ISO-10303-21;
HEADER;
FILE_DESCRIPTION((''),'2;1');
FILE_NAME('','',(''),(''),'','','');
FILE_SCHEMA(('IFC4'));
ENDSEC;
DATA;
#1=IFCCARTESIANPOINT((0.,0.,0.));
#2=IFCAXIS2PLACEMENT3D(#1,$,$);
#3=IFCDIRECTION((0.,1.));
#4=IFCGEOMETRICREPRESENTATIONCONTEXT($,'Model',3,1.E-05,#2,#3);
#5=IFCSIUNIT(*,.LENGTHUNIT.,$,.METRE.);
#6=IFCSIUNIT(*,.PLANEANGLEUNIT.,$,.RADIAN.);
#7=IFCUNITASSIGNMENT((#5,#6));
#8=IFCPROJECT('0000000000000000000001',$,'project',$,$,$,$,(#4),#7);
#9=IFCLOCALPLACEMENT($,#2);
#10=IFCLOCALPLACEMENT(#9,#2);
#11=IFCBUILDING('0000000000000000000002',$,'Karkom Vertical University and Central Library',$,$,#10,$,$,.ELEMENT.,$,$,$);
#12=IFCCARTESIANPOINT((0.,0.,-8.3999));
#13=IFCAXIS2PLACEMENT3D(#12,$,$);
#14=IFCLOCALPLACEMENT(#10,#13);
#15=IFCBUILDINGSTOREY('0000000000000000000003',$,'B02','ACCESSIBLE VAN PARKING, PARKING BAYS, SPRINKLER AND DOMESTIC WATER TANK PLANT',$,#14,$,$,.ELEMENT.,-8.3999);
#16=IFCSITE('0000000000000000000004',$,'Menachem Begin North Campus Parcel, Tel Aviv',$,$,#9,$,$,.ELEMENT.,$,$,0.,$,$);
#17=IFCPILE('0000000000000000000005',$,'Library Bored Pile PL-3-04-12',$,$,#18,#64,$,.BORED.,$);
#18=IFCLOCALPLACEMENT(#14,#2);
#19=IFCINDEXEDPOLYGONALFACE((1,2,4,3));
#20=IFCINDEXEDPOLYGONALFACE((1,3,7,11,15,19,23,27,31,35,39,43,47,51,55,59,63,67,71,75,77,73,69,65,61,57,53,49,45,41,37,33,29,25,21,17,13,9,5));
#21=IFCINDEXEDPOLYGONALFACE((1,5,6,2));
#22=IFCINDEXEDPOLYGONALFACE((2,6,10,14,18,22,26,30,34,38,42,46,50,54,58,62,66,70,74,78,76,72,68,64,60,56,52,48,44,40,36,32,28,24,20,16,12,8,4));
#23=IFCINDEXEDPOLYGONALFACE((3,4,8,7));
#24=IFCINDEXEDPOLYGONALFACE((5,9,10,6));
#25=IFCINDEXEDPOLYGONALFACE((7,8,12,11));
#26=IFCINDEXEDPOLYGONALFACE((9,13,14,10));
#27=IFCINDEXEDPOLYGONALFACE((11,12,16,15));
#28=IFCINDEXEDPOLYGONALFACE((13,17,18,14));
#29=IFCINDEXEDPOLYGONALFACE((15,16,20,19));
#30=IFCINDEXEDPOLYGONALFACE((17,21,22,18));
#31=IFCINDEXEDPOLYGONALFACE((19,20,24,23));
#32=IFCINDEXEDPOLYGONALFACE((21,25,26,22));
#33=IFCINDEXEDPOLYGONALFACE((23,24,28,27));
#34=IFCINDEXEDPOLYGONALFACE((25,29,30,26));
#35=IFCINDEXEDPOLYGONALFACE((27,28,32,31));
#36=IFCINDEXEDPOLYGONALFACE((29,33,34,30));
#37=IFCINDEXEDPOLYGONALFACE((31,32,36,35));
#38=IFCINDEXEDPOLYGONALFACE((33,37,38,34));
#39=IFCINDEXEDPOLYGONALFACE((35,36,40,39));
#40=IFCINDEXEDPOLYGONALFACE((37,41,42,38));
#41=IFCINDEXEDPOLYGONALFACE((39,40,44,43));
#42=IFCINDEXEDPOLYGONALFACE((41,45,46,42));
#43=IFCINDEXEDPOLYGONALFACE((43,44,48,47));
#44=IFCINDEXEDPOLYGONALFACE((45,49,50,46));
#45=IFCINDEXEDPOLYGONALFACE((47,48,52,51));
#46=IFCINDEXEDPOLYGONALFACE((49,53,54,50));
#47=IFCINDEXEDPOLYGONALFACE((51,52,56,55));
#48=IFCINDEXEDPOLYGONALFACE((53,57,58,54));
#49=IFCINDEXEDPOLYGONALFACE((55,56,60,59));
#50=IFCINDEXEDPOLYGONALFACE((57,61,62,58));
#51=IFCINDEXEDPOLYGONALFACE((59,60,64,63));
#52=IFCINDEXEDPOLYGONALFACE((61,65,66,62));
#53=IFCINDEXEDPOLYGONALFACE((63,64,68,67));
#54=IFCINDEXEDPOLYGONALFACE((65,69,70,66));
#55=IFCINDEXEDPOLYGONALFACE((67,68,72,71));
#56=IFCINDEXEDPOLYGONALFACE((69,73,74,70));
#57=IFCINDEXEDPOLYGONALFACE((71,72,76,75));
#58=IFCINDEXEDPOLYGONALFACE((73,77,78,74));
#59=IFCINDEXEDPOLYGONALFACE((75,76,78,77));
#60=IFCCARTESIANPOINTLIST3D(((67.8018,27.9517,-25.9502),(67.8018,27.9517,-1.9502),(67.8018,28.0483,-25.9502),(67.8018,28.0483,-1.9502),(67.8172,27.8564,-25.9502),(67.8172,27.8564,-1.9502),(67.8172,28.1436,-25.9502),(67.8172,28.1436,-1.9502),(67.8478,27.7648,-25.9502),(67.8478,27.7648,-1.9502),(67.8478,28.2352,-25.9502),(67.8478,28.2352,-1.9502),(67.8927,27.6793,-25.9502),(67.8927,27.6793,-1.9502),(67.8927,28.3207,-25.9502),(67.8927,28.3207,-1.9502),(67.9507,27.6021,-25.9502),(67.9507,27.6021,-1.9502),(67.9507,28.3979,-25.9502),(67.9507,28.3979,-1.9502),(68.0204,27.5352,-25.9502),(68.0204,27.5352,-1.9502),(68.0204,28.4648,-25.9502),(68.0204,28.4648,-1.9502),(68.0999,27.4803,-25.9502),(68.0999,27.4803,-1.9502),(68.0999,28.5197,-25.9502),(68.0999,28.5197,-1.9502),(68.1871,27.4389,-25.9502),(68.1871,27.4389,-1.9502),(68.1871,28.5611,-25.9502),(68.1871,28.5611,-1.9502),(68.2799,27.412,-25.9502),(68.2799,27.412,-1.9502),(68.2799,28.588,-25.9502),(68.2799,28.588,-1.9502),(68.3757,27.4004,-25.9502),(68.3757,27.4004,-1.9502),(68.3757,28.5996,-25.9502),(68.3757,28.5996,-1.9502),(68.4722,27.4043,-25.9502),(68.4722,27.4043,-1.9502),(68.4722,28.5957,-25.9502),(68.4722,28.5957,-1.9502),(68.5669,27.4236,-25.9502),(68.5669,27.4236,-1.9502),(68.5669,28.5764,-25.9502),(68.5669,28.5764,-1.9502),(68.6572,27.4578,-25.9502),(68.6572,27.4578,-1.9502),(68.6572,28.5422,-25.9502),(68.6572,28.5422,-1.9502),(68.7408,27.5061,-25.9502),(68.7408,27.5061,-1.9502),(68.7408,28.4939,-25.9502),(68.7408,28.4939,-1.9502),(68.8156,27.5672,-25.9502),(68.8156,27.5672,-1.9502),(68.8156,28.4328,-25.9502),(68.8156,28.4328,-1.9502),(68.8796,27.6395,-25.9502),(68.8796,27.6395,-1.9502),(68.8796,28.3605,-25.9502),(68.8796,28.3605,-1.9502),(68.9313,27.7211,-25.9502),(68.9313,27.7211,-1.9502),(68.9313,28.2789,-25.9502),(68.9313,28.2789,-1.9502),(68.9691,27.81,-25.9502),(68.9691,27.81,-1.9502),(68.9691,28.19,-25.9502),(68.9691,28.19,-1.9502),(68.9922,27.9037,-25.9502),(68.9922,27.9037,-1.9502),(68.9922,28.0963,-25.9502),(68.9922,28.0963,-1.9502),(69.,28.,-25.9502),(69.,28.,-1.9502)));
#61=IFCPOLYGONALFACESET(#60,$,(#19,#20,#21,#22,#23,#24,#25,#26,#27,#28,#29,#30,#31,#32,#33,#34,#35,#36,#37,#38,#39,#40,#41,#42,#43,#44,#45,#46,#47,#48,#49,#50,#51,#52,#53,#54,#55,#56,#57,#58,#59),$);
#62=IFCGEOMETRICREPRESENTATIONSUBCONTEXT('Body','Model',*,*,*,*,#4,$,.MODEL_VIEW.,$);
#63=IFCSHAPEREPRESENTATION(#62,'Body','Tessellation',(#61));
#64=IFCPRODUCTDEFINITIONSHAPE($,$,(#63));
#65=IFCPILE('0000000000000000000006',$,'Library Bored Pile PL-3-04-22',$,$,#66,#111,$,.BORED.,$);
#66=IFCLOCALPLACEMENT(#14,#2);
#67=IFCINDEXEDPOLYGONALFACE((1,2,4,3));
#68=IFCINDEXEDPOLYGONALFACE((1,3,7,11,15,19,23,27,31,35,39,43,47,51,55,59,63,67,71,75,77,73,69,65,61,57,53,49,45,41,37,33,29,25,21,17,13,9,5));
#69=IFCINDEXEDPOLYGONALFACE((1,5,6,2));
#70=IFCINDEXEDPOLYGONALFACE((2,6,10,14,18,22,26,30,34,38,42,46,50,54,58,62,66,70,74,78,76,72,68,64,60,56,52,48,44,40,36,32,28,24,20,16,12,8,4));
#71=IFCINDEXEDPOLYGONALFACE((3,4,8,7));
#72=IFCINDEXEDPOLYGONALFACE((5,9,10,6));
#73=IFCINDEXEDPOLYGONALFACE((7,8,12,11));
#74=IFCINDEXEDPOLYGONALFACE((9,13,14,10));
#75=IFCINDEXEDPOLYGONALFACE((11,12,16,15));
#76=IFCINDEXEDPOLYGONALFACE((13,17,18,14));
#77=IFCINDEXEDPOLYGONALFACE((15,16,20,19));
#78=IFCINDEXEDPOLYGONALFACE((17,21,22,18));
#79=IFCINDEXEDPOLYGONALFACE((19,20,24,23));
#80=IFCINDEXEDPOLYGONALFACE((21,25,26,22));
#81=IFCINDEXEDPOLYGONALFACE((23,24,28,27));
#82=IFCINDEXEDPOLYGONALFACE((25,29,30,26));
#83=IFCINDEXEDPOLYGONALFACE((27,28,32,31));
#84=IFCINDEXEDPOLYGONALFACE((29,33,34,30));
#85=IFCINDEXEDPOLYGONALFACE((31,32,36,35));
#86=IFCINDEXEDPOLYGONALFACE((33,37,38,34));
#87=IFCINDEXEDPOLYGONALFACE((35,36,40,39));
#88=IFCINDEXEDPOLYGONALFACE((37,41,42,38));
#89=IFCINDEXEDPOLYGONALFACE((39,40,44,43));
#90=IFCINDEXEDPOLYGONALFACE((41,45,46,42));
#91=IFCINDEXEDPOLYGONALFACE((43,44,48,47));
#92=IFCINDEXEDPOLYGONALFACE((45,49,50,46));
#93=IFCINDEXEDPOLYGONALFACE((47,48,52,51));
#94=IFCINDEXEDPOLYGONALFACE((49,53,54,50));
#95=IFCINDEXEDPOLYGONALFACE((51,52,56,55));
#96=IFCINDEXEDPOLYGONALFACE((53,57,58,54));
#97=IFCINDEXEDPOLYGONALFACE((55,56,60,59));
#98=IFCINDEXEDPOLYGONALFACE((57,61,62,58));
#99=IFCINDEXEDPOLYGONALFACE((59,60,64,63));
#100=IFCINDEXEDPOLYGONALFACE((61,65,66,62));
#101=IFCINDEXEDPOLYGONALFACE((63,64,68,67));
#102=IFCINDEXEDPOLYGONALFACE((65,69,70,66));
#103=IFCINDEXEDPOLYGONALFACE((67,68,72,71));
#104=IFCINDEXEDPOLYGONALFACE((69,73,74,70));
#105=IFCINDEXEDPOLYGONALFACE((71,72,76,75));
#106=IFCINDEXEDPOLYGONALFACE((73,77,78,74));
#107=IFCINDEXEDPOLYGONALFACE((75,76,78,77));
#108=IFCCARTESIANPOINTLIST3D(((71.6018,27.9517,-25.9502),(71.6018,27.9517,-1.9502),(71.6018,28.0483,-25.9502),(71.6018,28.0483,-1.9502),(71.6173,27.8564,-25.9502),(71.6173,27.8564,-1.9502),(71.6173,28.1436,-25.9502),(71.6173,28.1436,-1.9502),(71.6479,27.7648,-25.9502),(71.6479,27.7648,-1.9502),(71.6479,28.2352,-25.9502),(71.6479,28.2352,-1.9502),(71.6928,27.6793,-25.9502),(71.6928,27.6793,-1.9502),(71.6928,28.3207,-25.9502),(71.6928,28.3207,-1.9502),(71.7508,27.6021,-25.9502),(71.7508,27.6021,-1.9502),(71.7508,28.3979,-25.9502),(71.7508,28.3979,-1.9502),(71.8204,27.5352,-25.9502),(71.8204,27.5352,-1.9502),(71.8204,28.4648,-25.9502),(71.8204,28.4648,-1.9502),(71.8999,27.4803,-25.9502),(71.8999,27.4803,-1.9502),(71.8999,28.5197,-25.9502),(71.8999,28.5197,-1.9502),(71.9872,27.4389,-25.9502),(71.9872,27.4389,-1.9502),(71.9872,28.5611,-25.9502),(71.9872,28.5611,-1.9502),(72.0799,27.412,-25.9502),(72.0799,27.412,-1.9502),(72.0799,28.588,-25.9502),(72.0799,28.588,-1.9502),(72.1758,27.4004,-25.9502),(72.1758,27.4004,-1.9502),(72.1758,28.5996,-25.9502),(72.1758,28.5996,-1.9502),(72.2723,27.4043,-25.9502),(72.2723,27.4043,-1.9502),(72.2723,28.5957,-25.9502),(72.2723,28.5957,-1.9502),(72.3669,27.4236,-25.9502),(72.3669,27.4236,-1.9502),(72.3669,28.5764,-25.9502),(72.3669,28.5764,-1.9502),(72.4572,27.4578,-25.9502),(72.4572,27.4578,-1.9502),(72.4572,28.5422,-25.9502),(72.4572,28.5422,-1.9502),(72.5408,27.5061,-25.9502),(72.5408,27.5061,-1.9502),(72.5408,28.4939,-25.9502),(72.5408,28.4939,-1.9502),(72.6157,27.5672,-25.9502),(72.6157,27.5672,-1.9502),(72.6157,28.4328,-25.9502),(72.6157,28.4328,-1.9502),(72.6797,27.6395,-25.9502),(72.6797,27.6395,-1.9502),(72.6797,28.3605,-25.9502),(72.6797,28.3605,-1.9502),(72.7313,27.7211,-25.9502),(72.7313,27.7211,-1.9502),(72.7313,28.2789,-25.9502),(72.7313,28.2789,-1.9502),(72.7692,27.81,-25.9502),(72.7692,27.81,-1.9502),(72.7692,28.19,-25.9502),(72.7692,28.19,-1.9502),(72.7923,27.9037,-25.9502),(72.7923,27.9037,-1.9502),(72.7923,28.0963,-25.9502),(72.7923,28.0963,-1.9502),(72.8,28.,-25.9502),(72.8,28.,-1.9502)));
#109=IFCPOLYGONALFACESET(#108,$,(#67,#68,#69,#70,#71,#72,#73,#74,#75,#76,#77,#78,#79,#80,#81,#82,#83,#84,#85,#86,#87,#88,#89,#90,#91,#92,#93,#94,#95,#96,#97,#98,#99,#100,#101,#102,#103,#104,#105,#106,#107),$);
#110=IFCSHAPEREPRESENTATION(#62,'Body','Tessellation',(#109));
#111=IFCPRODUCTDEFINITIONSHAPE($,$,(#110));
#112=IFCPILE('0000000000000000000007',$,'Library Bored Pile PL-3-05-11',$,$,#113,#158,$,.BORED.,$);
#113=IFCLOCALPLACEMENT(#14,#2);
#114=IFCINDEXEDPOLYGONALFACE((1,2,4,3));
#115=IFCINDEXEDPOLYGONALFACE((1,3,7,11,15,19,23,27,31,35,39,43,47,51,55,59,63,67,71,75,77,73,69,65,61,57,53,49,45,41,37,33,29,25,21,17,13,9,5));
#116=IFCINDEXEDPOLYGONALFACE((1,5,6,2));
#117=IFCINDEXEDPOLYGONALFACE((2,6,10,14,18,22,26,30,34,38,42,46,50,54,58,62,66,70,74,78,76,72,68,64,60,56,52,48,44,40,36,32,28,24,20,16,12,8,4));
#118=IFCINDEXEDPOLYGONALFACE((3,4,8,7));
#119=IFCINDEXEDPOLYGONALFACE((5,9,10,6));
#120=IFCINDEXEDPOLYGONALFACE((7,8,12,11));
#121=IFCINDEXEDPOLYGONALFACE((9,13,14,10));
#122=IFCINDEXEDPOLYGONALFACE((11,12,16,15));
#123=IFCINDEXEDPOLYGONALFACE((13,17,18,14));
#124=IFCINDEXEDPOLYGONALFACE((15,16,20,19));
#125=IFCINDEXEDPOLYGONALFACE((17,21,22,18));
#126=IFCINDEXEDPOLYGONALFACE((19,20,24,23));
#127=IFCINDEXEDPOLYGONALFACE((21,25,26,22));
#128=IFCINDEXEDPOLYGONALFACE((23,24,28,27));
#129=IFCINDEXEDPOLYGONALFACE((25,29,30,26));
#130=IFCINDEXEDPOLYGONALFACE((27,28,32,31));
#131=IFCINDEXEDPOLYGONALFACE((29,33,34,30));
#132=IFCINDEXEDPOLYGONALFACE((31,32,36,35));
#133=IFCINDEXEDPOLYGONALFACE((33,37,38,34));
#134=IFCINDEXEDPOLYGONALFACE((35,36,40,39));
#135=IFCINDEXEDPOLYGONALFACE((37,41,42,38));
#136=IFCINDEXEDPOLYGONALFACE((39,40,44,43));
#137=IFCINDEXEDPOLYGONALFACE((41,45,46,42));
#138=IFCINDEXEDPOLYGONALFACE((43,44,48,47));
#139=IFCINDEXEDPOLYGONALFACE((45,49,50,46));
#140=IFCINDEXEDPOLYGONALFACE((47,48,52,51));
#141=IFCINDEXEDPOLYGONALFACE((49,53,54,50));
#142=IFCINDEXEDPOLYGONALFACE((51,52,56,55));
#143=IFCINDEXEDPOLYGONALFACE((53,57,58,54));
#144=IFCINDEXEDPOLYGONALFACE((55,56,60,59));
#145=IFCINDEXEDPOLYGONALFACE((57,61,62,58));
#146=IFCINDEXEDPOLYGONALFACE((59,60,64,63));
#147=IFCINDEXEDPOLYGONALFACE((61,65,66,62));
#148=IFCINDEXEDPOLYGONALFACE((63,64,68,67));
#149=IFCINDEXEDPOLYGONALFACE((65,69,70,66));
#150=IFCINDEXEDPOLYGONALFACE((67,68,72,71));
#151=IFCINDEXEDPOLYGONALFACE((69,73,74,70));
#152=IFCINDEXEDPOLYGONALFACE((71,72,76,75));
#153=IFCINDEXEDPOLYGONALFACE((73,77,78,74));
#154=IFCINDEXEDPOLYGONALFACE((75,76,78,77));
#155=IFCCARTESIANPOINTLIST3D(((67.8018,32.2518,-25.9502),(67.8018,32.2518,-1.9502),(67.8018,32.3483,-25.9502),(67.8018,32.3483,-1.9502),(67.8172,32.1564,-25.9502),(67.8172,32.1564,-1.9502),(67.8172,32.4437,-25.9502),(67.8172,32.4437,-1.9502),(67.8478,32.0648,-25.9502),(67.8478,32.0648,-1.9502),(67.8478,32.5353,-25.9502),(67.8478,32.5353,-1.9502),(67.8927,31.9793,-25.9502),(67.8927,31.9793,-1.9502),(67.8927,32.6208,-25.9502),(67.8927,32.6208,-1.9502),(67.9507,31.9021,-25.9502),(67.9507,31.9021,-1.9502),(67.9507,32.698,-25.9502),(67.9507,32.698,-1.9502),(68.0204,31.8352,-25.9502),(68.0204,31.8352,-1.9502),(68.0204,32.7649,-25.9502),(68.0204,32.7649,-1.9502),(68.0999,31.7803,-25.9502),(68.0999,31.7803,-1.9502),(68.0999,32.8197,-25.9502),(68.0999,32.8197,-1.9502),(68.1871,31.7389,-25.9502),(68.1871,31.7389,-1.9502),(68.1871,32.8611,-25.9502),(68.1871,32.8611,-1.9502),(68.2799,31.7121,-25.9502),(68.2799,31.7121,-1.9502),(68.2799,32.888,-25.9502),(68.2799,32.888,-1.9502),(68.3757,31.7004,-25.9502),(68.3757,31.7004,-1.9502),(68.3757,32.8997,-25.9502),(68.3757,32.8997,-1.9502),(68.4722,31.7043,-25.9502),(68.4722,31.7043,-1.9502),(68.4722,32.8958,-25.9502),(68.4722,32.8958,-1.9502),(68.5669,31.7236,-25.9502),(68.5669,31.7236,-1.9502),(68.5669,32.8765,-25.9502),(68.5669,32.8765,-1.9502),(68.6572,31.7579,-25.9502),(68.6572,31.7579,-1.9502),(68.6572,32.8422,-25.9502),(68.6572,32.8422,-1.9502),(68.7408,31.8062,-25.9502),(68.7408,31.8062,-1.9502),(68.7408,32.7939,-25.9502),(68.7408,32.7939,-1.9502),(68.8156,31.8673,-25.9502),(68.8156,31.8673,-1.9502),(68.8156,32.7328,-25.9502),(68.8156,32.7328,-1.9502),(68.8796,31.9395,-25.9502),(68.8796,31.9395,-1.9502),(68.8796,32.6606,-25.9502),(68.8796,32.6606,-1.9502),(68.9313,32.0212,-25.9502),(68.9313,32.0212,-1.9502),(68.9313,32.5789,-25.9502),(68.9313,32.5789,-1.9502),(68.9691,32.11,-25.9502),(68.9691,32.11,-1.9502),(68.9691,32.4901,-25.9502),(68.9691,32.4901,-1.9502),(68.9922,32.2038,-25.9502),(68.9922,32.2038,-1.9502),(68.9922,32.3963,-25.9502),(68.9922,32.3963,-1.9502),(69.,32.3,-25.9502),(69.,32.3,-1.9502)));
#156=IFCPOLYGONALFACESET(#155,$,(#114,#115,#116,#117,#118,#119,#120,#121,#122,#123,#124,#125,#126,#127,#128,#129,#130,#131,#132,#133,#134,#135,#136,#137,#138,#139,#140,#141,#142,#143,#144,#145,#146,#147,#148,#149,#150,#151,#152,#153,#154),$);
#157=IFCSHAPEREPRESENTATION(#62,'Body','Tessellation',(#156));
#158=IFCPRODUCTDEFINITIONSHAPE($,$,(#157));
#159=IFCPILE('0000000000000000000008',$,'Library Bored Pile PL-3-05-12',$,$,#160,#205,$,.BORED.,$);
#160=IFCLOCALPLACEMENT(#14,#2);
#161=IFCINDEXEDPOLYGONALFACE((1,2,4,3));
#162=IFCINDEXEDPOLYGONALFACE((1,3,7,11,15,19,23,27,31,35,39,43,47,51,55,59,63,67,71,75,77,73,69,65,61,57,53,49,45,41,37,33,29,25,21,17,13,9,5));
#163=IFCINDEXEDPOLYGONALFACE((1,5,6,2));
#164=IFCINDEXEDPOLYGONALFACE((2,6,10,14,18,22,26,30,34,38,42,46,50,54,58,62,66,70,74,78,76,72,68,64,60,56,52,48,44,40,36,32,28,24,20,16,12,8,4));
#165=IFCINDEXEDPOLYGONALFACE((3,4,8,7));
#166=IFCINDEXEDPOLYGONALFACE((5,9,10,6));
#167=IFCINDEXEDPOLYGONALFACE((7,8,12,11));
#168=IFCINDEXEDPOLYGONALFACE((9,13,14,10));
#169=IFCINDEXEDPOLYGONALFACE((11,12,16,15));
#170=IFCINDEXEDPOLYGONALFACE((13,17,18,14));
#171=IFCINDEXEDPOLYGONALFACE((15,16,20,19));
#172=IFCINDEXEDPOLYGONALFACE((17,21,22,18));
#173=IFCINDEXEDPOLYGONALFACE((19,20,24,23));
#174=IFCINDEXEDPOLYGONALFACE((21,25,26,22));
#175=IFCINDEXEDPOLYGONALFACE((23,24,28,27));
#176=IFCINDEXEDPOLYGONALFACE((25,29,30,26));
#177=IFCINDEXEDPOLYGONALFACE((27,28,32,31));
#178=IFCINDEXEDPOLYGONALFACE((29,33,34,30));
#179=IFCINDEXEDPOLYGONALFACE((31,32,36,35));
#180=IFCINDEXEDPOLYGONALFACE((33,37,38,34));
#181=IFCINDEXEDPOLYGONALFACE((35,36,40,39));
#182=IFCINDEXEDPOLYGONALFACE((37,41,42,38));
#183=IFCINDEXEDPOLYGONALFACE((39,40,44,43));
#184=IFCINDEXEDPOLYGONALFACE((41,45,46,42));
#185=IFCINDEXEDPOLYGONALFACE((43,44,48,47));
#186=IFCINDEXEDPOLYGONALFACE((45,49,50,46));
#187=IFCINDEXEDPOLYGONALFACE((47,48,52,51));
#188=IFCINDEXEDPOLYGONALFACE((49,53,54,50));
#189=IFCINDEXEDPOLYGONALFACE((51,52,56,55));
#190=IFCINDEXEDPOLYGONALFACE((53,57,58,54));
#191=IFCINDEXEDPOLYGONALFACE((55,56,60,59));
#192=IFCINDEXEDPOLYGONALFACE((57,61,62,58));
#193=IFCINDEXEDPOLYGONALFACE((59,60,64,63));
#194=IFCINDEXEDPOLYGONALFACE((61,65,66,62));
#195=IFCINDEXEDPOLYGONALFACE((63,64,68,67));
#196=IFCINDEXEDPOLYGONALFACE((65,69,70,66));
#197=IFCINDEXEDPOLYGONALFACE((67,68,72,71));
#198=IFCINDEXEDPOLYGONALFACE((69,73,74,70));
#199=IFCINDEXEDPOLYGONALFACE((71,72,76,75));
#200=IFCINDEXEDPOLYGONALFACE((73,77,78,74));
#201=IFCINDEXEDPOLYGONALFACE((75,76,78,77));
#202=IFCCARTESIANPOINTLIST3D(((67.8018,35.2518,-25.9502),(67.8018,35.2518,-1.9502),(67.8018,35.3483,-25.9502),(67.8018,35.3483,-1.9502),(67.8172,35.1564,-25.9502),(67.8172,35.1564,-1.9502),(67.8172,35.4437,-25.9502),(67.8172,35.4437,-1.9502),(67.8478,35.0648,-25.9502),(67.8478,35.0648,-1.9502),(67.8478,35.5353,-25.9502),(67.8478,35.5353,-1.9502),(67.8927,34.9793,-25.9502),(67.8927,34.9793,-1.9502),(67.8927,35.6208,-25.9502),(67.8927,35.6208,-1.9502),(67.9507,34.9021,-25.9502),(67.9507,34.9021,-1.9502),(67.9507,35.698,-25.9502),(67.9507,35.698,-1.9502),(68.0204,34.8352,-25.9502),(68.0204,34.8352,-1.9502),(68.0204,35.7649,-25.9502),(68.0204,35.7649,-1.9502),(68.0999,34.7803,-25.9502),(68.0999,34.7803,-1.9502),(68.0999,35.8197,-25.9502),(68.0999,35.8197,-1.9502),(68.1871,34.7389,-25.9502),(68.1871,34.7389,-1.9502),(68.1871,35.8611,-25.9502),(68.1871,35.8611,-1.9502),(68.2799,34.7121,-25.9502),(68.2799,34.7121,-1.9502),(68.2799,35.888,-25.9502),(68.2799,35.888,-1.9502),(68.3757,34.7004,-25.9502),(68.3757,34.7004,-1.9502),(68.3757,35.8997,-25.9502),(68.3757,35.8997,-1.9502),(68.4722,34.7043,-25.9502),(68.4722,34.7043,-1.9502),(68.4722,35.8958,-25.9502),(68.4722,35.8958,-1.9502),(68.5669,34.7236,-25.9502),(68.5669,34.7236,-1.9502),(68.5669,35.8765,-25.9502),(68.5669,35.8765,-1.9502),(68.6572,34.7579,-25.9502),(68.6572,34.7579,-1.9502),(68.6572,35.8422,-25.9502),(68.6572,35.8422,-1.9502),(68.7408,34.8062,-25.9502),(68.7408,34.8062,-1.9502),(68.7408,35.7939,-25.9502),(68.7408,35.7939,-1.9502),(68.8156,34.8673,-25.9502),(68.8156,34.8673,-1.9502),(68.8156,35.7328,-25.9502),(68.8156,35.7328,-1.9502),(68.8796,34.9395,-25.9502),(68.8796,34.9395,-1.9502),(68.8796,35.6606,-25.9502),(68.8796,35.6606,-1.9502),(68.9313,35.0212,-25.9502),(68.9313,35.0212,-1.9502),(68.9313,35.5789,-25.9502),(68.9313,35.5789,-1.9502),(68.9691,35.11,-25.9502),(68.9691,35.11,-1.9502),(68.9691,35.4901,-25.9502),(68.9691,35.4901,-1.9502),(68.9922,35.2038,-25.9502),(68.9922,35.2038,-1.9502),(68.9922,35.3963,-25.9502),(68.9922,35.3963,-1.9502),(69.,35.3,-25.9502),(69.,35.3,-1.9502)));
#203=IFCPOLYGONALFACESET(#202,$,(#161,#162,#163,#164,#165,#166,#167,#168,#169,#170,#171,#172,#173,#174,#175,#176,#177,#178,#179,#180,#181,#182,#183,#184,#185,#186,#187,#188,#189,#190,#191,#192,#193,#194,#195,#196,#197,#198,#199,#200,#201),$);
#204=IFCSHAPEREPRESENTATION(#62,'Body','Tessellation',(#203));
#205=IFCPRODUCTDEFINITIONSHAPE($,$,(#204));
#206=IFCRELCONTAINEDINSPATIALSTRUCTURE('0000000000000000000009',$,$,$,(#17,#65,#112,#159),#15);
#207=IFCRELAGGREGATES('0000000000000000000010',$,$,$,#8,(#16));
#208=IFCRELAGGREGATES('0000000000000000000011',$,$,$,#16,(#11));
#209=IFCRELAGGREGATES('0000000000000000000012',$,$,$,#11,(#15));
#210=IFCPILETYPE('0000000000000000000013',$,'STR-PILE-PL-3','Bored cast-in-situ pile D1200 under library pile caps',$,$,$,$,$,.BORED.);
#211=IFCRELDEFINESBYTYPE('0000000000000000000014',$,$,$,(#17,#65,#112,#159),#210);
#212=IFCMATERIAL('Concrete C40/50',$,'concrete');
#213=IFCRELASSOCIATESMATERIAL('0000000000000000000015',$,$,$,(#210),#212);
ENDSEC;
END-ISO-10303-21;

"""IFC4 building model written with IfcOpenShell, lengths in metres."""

from ifc_helpers import new_model, si_unit, direction, frame, origin, origin_with_axes, origin_2d, place, context, subcontext, project, spatial, circle, extrude, source, transform, mapped, material, material_profile, profile_set, type_object, element, save


model = new_model("IFC4")

# Units and contexts
model_context = context("Model", 3, precision=1e-05, world=origin(), true_north=direction((0.0, 1.0)))
body_context = subcontext(model_context, "Body", "Model", "MODEL_VIEW")
ifc_project = project(units=[si_unit("LENGTHUNIT", "METRE"), si_unit("PLANEANGLEUNIT", "RADIAN")], contexts=[model_context])

# Site, building, storey
site_placement = place(None, origin())
site = spatial("IfcSite", under=ifc_project, at=site_placement, Name="Menachem Begin North Campus Parcel, Tel Aviv", CompositionType="ELEMENT", RefElevation=0.0)
building_placement = place(site_placement, origin())
building = spatial("IfcBuilding", under=site, at=building_placement, Name="Karkom Vertical University and Central Library", CompositionType="ELEMENT")
storey_placement = place(building_placement, frame((0.0, 0.0, -8.3999)))
storey = spatial("IfcBuildingStorey", under=building, at=storey_placement, Name="B02", Description="ACCESSIBLE VAN PARKING, PARKING BAYS, SPRINKLER AND DOMESTIC WATER TANK PLANT", CompositionType="ELEMENT", Elevation=-8.3999)

# Piles
ifc_material_1 = material(Name="Concrete C40/50", Category="concrete")
ifc_material_profile_1 = material_profile(ifc_material_1, circle(Radius=0.6001, at=origin_2d()), Name="PILE-D1200")
ifc_profile_set_1 = profile_set([ifc_material_profile_1], Name="Concrete C40/50")
pile_type = type_object("IfcPileType", Name="STR-PILE-PL-3", Description="Bored cast-in-situ pile D1200 under library pile caps", PredefinedType="BORED", material=ifc_profile_set_1)
shared_shape_1 = source(origin_with_axes(), body_context, "Body", "SweptSolid", [
    extrude(circle(Radius=0.6001, at=origin_2d()), origin(), (0.0, 0.0, 1.0), 24.0),
])
for number, where, z_axis, x_axis, name in (
    (1, (68.3999, 28.0, -1.9502), (0.0, 0.0, -1.0), (1.0, 0.0, 0.0), "Library Bored Pile PL-3-04-12"),
    (2, (72.2, 28.0, -1.9502), (0.0, 0.0, -1.0), (1.0, 0.0, 0.0), "Library Bored Pile PL-3-04-22"),
    (3, (68.3999, 32.3, -1.9502), (0.0, 0.0, -1.0), (1.0, 0.0, 0.0), "Library Bored Pile PL-3-05-11"),
    (4, (68.3999, 35.3, -1.9502), (0.0, 0.0, -1.0), (1.0, 0.0, 0.0), "Library Bored Pile PL-3-05-12"),
):
    element("IfcPile", number, at=place(storey_placement, frame(where, z_axis=z_axis, x_axis=x_axis)), inside=storey, type_object=pile_type, Name=name, PredefinedType="BORED", context=body_context, shape_type="MappedRepresentation", body=[
        mapped(shared_shape_1, transform((0.0, 0.0, 0.0), scale=1.0)),
    ])

save(model, "model.ifc")
